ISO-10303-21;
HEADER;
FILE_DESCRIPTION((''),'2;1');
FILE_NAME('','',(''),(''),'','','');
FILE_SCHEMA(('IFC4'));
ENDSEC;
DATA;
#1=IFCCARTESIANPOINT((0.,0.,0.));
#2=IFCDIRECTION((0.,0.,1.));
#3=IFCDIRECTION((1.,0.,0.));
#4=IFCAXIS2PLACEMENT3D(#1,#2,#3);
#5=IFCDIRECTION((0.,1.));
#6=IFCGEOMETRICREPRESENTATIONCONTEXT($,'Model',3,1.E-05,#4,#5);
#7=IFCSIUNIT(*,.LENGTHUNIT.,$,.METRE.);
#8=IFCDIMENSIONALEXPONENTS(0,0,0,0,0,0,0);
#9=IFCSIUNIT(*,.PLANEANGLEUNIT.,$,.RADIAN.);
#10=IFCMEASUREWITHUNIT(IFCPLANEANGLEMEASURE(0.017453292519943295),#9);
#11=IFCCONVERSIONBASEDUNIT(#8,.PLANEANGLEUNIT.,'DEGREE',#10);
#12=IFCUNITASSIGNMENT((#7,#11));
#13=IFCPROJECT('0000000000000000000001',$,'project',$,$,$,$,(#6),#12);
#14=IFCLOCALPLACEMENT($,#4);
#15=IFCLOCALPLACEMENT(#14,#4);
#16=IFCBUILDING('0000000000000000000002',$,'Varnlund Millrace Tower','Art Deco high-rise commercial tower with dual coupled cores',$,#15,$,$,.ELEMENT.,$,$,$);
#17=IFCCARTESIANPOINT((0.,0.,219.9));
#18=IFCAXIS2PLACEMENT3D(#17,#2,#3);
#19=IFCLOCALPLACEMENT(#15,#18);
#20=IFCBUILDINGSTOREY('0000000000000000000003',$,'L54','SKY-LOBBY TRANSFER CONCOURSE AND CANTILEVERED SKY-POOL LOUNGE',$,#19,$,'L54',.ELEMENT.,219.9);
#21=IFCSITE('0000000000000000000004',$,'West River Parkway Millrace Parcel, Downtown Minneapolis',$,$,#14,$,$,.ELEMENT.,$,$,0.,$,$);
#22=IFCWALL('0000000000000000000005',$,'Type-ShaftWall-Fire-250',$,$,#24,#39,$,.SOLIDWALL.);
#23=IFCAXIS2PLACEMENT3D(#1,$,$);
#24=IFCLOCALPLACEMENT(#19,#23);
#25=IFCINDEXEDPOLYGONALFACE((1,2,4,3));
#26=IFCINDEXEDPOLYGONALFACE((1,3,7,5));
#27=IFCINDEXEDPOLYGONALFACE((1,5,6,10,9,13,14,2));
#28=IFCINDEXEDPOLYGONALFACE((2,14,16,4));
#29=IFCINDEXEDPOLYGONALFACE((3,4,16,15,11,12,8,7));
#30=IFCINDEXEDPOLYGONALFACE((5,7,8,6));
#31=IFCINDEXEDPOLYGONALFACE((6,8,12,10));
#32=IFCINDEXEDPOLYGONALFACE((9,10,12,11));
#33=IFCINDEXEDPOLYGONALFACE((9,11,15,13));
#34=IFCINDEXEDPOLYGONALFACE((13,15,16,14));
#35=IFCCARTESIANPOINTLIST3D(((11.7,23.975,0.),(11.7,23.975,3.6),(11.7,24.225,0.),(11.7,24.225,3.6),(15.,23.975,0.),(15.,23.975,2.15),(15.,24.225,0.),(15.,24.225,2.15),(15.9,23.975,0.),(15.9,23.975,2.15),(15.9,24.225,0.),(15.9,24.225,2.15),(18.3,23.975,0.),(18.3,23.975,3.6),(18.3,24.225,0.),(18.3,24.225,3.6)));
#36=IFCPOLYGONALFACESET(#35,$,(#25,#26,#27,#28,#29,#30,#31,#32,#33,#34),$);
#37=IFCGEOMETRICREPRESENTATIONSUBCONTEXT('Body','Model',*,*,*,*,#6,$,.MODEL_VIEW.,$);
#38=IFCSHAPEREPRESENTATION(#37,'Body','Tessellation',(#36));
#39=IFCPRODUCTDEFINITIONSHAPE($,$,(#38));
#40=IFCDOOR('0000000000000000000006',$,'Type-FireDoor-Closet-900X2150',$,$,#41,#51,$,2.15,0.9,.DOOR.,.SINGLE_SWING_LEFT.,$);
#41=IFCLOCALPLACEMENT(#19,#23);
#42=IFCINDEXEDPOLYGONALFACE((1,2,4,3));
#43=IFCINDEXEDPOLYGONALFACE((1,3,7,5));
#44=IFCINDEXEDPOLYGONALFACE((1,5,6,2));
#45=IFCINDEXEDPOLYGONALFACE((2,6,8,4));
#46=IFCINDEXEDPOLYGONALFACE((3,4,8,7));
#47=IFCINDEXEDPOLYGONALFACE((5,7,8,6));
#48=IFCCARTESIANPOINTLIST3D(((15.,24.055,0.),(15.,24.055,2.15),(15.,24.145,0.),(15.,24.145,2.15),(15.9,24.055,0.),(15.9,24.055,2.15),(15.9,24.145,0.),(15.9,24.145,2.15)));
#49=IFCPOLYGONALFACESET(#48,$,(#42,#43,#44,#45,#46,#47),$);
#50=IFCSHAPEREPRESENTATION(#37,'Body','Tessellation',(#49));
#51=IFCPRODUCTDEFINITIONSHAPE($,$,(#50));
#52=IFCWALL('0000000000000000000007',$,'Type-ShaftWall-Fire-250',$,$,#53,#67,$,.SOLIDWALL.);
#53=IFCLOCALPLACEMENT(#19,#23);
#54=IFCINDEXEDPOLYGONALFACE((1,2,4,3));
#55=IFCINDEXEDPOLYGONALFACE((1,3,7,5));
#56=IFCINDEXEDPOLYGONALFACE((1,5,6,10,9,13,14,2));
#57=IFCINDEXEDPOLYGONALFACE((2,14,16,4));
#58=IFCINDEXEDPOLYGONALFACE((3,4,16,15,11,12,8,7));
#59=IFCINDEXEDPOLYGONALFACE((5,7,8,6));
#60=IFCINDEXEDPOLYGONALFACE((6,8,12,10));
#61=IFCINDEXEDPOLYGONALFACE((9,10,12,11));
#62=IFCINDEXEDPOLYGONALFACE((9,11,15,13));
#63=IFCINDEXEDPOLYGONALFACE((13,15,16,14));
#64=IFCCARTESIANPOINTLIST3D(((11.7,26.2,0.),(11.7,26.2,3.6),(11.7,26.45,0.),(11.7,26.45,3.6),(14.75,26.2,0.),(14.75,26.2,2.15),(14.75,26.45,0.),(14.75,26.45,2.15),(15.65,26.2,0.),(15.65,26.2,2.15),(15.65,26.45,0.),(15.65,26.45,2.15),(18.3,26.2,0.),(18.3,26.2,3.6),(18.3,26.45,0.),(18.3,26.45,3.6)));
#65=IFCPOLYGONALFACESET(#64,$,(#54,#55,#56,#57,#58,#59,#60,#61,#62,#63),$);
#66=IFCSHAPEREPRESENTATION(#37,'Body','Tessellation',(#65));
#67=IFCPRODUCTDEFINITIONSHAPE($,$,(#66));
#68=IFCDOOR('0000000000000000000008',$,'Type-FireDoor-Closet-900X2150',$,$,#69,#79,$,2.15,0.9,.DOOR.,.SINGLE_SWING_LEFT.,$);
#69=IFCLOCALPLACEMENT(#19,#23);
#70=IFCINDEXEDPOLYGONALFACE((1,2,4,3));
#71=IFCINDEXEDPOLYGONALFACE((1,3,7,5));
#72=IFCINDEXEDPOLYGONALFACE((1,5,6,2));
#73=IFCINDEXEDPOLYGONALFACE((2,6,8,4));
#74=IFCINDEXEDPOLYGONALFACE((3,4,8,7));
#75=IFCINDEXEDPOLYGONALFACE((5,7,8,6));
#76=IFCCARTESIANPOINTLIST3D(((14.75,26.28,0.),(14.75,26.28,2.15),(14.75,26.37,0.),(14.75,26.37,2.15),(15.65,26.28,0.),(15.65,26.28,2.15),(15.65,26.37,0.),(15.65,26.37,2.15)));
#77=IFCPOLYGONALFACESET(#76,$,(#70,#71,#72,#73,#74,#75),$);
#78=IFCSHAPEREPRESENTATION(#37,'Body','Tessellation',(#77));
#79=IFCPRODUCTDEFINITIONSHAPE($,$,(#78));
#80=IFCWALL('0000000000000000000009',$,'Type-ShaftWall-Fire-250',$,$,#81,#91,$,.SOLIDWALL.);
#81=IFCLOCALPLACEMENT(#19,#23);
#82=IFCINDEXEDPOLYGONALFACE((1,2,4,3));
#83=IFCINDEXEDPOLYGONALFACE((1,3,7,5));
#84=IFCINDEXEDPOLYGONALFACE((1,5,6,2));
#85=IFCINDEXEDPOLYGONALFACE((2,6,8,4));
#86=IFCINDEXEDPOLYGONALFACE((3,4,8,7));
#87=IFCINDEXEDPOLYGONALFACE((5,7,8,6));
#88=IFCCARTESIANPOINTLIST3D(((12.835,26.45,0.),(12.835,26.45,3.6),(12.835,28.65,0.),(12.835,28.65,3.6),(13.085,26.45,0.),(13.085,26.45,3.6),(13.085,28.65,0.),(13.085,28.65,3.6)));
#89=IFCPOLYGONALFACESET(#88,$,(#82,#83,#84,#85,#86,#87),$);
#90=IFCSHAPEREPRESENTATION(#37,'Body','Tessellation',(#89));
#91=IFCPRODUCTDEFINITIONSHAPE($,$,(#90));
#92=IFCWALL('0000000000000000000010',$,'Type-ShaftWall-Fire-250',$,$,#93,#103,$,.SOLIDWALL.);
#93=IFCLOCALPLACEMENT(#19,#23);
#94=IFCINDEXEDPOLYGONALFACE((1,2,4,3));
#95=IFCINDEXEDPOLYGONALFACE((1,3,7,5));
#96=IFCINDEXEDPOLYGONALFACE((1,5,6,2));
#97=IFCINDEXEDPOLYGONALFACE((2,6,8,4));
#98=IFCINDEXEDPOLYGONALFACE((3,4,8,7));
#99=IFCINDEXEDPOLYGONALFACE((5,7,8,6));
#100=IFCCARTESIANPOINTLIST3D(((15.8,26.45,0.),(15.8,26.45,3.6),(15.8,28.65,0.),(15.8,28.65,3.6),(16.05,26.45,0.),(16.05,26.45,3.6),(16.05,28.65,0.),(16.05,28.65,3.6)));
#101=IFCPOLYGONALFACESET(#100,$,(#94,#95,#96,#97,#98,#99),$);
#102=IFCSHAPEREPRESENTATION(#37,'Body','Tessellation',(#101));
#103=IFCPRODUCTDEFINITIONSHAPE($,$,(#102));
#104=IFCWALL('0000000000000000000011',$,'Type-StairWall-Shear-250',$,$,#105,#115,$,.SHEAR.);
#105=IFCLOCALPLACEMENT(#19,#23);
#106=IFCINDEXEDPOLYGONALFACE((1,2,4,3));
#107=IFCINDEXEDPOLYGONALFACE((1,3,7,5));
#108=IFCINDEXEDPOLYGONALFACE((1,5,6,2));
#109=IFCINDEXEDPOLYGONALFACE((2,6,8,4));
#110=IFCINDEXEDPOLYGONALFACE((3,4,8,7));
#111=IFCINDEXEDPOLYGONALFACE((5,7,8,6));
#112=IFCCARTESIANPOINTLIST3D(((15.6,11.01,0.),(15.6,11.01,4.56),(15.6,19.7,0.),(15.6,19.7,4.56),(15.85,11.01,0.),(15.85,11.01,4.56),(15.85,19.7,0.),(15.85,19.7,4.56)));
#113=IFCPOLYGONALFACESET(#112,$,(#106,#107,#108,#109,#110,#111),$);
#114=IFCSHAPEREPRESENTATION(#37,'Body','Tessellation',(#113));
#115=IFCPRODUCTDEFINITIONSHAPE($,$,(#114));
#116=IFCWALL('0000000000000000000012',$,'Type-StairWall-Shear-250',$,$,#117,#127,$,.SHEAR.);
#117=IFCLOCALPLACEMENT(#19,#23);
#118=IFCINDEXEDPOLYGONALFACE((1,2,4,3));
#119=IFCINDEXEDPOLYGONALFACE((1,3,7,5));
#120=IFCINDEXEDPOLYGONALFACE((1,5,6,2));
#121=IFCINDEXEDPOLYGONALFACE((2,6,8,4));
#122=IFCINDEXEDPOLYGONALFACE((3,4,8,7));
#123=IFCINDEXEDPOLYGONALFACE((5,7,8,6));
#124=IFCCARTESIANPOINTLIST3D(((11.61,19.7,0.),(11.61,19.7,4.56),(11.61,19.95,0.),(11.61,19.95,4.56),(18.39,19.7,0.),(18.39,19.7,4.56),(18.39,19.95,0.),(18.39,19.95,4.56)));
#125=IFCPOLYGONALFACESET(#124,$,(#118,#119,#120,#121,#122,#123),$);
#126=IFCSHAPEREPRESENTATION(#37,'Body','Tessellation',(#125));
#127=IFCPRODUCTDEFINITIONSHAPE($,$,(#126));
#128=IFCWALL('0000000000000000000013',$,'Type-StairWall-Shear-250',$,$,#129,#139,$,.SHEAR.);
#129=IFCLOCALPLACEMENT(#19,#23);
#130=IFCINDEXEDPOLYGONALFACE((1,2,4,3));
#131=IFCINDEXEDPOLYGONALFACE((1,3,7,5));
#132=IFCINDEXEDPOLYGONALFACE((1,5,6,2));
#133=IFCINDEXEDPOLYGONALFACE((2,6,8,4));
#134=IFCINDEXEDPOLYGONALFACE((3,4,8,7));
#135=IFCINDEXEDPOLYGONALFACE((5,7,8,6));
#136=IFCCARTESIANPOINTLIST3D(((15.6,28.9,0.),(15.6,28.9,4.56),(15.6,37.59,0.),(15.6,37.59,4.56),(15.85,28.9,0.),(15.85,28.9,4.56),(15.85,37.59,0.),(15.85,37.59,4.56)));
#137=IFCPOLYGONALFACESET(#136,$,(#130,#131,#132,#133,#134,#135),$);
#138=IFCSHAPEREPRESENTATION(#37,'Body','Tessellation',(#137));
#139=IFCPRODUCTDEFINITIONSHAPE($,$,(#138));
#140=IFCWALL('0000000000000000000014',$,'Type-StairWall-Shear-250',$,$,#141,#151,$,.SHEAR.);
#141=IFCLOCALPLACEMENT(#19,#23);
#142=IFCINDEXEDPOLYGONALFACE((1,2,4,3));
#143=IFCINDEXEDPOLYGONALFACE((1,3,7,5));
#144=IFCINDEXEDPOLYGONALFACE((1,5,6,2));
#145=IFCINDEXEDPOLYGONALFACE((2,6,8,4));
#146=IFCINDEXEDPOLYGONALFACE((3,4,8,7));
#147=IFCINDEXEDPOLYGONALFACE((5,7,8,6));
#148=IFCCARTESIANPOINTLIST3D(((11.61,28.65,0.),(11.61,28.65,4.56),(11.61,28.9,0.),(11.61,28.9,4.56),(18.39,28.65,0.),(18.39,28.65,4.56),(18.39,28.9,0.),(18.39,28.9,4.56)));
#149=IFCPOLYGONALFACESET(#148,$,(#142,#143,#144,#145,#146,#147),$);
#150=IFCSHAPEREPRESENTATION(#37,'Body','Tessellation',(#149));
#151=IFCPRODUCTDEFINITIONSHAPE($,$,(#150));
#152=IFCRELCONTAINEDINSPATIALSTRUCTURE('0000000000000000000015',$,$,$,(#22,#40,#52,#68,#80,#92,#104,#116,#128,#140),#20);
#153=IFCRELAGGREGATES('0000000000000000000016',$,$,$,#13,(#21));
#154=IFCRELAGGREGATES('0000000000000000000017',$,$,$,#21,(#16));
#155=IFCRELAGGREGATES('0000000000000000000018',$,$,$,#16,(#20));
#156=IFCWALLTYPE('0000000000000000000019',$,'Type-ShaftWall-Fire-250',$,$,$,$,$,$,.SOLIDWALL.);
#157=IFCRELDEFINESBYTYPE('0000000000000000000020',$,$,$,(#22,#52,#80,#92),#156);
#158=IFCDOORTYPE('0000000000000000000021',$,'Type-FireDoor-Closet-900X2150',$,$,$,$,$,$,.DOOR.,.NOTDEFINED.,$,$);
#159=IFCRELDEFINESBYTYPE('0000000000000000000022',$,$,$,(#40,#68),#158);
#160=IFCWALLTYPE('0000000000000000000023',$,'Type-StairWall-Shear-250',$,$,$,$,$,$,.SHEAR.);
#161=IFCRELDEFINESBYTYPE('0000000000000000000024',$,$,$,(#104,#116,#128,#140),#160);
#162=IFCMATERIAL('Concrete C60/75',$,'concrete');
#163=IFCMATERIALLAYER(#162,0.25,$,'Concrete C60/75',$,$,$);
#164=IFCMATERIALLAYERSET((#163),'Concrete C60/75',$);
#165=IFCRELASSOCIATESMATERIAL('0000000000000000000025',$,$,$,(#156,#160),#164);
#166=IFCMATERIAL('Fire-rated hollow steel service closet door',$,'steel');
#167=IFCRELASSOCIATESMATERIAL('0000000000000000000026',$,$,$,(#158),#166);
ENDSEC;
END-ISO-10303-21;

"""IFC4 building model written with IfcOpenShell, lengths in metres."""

from ifc_helpers import new_model, entity, si_unit, converted_unit, direction, frame, origin_with_axes, origin_2d_with_axis, place, context, subcontext, project, spatial, polyline, rectangle, outline, extrude, material, layer, layer_set, type_object, element, fill, save


model = new_model("IFC4")

# Units and contexts
model_context = context("Model", 3, precision=1e-05, world=origin_with_axes(), true_north=direction((0.0, 1.0)))
body_context = subcontext(model_context, "Body", "Model", "MODEL_VIEW")
ifc_project = project(units=[si_unit("LENGTHUNIT", "METRE"), converted_unit("PLANEANGLEUNIT", "DEGREE", entity("IfcPlaneAngleMeasure", 0.017453292519943295), si_unit("PLANEANGLEUNIT", "RADIAN"), dimensions=[0, 0, 0, 0, 0, 0, 0])], contexts=[model_context])

# Site, building, storey
site_placement = place(None, origin_with_axes())
site = spatial("IfcSite", under=ifc_project, at=site_placement, Name="West River Parkway Millrace Parcel, Downtown Minneapolis", CompositionType="ELEMENT", RefElevation=0.0)
building_placement = place(site_placement, origin_with_axes())
building = spatial("IfcBuilding", under=site, at=building_placement, Name="Varnlund Millrace Tower", Description="Art Deco high-rise commercial tower with dual coupled cores", CompositionType="ELEMENT")
storey_placement = place(building_placement, frame((0.0, 0.0, 219.9), z_axis=(0.0, 0.0, 1.0), x_axis=(1.0, 0.0, 0.0)))
storey = spatial("IfcBuildingStorey", under=building, at=storey_placement, Name="L54", Description="SKY-LOBBY TRANSFER CONCOURSE AND CANTILEVERED SKY-POOL LOUNGE", LongName="L54", CompositionType="ELEMENT", Elevation=219.9)

# Shared definitions
ifc_material_1 = material(Name="Concrete C60/75", Category="concrete")

# Shared definitions
ifc_layer_1 = layer(ifc_material_1, 0.25, Name="Concrete C60/75")
ifc_layer_set_1 = layer_set([ifc_layer_1], Name="Concrete C60/75")
wall_type_1 = type_object("IfcWallType", Name="Type-ShaftWall-Fire-250", PredefinedType="SOLIDWALL", material=ifc_layer_set_1)

# Walls, openings, doors
wall_1_placement = place(storey_placement, frame((11.7, 24.1, 0.0), z_axis=(0.0, 0.0, 1.0), x_axis=(1.0, 0.0, 0.0)))
wall_1 = element("IfcWall", 1, at=wall_1_placement, inside=storey, type_object=wall_type_1, Name="Type-ShaftWall-Fire-250", PredefinedType="SOLIDWALL", context=body_context, shape_type="SweptSolid", body=[
    extrude(outline(polyline([(0.0, -0.125), (6.6, -0.125), (6.6, 0.125), (0.0, 0.125), (0.0, -0.125)])), origin_with_axes(), (0.0, 0.0, 1.0), 3.6),
])
opening_1_placement = place(wall_1_placement, frame((3.75, 0.0, 0.0), z_axis=(0.0, 0.0, 1.0), x_axis=(1.0, 0.0, 0.0)))
opening_1 = element("IfcOpeningElement", 2, at=opening_1_placement, cuts=wall_1, PredefinedType="OPENING", context=body_context, shape_type="SweptSolid", body=[
    extrude(rectangle(XDim=0.9, YDim=0.27, at=origin_2d_with_axis()), origin_with_axes(), (0.0, 0.0, 1.0), 2.15),
])
ifc_material_2 = material(Name="Fire-rated hollow steel service closet door", Category="steel")
door_type_1 = type_object("IfcDoorType", Name="Type-FireDoor-Closet-900X2150", OperationType="NOTDEFINED", PredefinedType="DOOR", material=ifc_material_2)
door_1_placement = place(wall_1_placement, frame((3.75, 0.0, 0.0), z_axis=(0.0, 0.0, 1.0), x_axis=(1.0, 0.0, 0.0)))
door_1 = element("IfcDoor", 3, at=door_1_placement, inside=storey, type_object=door_type_1, Name="Type-FireDoor-Closet-900X2150", OperationType="SINGLE_SWING_LEFT", OverallHeight=2.15, OverallWidth=0.9, PredefinedType="DOOR", context=body_context, shape_type="SweptSolid", body=[
    extrude(rectangle(XDim=0.9, YDim=0.09, at=origin_2d_with_axis()), origin_with_axes(), (0.0, 0.0, 1.0), 2.15),
])
fill(opening_1, door_1)
wall_2_placement = place(storey_placement, frame((11.7, 26.325, 0.0), z_axis=(0.0, 0.0, 1.0), x_axis=(1.0, 0.0, 0.0)))
wall_2 = element("IfcWall", 4, at=wall_2_placement, inside=storey, type_object=wall_type_1, Name="Type-ShaftWall-Fire-250", PredefinedType="SOLIDWALL", context=body_context, shape_type="SweptSolid", body=[
    extrude(outline(polyline([(0.0, -0.125), (6.6, -0.125), (6.6, 0.125), (0.0, 0.125), (0.0, -0.125)])), origin_with_axes(), (0.0, 0.0, 1.0), 3.6),
])
opening_2_placement = place(wall_2_placement, frame((3.5, 0.0, 0.0), z_axis=(0.0, 0.0, 1.0), x_axis=(1.0, 0.0, 0.0)))
opening_2 = element("IfcOpeningElement", 5, at=opening_2_placement, cuts=wall_2, PredefinedType="OPENING", context=body_context, shape_type="SweptSolid", body=[
    extrude(rectangle(XDim=0.9, YDim=0.27, at=origin_2d_with_axis()), origin_with_axes(), (0.0, 0.0, 1.0), 2.15),
])
door_2_placement = place(wall_2_placement, frame((3.5, 0.0, 0.0), z_axis=(0.0, 0.0, 1.0), x_axis=(1.0, 0.0, 0.0)))
door_2 = element("IfcDoor", 6, at=door_2_placement, inside=storey, type_object=door_type_1, Name="Type-FireDoor-Closet-900X2150", OperationType="SINGLE_SWING_LEFT", OverallHeight=2.15, OverallWidth=0.9, PredefinedType="DOOR", context=body_context, shape_type="SweptSolid", body=[
    extrude(rectangle(XDim=0.9, YDim=0.09, at=origin_2d_with_axis()), origin_with_axes(), (0.0, 0.0, 1.0), 2.15),
])
fill(opening_2, door_2)

# Walls
for number, where, z_axis, x_axis, name in (
    (7, (12.96, 26.45, 0.0), (0.0, 0.0, 1.0), (0.0, 1.0, 0.0), "Type-ShaftWall-Fire-250"),
    (8, (15.925, 26.45, 0.0), (0.0, 0.0, 1.0), (0.0, 1.0, 0.0), "Type-ShaftWall-Fire-250"),
):
    element("IfcWall", number, at=place(storey_placement, frame(where, z_axis=z_axis, x_axis=x_axis)), inside=storey, type_object=wall_type_1, Name=name, PredefinedType="SOLIDWALL", context=body_context, shape_type="SweptSolid", body=[
        extrude(outline(polyline([(0.0, -0.125), (2.2, -0.125), (2.2, 0.125), (0.0, 0.125), (0.0, -0.125)])), origin_with_axes(), (0.0, 0.0, 1.0), 3.6),
    ])
wall_type_2 = type_object("IfcWallType", Name="Type-StairWall-Shear-250", PredefinedType="SHEAR", material=ifc_layer_set_1)
wall_3_placement = place(storey_placement, frame((15.725, 11.01, 0.0), z_axis=(0.0, 0.0, 1.0), x_axis=(0.0, 1.0, 0.0)))
element("IfcWall", 9, at=wall_3_placement, inside=storey, type_object=wall_type_2, Name="Type-StairWall-Shear-250", PredefinedType="SHEAR", context=body_context, shape_type="SweptSolid", body=[
    extrude(outline(polyline([(0.0, -0.125), (8.69, -0.125), (8.69, 0.125), (0.0, 0.125), (0.0, -0.125)])), origin_with_axes(), (0.0, 0.0, 1.0), 4.56),
])
wall_4_placement = place(storey_placement, frame((11.61, 19.825, 0.0), z_axis=(0.0, 0.0, 1.0), x_axis=(1.0, 0.0, 0.0)))
element("IfcWall", 10, at=wall_4_placement, inside=storey, type_object=wall_type_2, Name="Type-StairWall-Shear-250", PredefinedType="SHEAR", context=body_context, shape_type="SweptSolid", body=[
    extrude(outline(polyline([(0.0, -0.125), (6.78, -0.125), (6.78, 0.125), (0.0, 0.125), (0.0, -0.125)])), origin_with_axes(), (0.0, 0.0, 1.0), 4.56),
])
wall_5_placement = place(storey_placement, frame((15.725, 28.9, 0.0), z_axis=(0.0, 0.0, 1.0), x_axis=(0.0, 1.0, 0.0)))
element("IfcWall", 11, at=wall_5_placement, inside=storey, type_object=wall_type_2, Name="Type-StairWall-Shear-250", PredefinedType="SHEAR", context=body_context, shape_type="SweptSolid", body=[
    extrude(outline(polyline([(0.0, -0.125), (8.69, -0.125), (8.69, 0.125), (0.0, 0.125), (0.0, -0.125)])), origin_with_axes(), (0.0, 0.0, 1.0), 4.56),
])
wall_6_placement = place(storey_placement, frame((11.61, 28.775, 0.0), z_axis=(0.0, 0.0, 1.0), x_axis=(1.0, 0.0, 0.0)))
element("IfcWall", 12, at=wall_6_placement, inside=storey, type_object=wall_type_2, Name="Type-StairWall-Shear-250", PredefinedType="SHEAR", context=body_context, shape_type="SweptSolid", body=[
    extrude(outline(polyline([(0.0, -0.125), (6.78, -0.125), (6.78, 0.125), (0.0, 0.125), (0.0, -0.125)])), origin_with_axes(), (0.0, 0.0, 1.0), 4.56),
])

save(model, "model.ifc")
